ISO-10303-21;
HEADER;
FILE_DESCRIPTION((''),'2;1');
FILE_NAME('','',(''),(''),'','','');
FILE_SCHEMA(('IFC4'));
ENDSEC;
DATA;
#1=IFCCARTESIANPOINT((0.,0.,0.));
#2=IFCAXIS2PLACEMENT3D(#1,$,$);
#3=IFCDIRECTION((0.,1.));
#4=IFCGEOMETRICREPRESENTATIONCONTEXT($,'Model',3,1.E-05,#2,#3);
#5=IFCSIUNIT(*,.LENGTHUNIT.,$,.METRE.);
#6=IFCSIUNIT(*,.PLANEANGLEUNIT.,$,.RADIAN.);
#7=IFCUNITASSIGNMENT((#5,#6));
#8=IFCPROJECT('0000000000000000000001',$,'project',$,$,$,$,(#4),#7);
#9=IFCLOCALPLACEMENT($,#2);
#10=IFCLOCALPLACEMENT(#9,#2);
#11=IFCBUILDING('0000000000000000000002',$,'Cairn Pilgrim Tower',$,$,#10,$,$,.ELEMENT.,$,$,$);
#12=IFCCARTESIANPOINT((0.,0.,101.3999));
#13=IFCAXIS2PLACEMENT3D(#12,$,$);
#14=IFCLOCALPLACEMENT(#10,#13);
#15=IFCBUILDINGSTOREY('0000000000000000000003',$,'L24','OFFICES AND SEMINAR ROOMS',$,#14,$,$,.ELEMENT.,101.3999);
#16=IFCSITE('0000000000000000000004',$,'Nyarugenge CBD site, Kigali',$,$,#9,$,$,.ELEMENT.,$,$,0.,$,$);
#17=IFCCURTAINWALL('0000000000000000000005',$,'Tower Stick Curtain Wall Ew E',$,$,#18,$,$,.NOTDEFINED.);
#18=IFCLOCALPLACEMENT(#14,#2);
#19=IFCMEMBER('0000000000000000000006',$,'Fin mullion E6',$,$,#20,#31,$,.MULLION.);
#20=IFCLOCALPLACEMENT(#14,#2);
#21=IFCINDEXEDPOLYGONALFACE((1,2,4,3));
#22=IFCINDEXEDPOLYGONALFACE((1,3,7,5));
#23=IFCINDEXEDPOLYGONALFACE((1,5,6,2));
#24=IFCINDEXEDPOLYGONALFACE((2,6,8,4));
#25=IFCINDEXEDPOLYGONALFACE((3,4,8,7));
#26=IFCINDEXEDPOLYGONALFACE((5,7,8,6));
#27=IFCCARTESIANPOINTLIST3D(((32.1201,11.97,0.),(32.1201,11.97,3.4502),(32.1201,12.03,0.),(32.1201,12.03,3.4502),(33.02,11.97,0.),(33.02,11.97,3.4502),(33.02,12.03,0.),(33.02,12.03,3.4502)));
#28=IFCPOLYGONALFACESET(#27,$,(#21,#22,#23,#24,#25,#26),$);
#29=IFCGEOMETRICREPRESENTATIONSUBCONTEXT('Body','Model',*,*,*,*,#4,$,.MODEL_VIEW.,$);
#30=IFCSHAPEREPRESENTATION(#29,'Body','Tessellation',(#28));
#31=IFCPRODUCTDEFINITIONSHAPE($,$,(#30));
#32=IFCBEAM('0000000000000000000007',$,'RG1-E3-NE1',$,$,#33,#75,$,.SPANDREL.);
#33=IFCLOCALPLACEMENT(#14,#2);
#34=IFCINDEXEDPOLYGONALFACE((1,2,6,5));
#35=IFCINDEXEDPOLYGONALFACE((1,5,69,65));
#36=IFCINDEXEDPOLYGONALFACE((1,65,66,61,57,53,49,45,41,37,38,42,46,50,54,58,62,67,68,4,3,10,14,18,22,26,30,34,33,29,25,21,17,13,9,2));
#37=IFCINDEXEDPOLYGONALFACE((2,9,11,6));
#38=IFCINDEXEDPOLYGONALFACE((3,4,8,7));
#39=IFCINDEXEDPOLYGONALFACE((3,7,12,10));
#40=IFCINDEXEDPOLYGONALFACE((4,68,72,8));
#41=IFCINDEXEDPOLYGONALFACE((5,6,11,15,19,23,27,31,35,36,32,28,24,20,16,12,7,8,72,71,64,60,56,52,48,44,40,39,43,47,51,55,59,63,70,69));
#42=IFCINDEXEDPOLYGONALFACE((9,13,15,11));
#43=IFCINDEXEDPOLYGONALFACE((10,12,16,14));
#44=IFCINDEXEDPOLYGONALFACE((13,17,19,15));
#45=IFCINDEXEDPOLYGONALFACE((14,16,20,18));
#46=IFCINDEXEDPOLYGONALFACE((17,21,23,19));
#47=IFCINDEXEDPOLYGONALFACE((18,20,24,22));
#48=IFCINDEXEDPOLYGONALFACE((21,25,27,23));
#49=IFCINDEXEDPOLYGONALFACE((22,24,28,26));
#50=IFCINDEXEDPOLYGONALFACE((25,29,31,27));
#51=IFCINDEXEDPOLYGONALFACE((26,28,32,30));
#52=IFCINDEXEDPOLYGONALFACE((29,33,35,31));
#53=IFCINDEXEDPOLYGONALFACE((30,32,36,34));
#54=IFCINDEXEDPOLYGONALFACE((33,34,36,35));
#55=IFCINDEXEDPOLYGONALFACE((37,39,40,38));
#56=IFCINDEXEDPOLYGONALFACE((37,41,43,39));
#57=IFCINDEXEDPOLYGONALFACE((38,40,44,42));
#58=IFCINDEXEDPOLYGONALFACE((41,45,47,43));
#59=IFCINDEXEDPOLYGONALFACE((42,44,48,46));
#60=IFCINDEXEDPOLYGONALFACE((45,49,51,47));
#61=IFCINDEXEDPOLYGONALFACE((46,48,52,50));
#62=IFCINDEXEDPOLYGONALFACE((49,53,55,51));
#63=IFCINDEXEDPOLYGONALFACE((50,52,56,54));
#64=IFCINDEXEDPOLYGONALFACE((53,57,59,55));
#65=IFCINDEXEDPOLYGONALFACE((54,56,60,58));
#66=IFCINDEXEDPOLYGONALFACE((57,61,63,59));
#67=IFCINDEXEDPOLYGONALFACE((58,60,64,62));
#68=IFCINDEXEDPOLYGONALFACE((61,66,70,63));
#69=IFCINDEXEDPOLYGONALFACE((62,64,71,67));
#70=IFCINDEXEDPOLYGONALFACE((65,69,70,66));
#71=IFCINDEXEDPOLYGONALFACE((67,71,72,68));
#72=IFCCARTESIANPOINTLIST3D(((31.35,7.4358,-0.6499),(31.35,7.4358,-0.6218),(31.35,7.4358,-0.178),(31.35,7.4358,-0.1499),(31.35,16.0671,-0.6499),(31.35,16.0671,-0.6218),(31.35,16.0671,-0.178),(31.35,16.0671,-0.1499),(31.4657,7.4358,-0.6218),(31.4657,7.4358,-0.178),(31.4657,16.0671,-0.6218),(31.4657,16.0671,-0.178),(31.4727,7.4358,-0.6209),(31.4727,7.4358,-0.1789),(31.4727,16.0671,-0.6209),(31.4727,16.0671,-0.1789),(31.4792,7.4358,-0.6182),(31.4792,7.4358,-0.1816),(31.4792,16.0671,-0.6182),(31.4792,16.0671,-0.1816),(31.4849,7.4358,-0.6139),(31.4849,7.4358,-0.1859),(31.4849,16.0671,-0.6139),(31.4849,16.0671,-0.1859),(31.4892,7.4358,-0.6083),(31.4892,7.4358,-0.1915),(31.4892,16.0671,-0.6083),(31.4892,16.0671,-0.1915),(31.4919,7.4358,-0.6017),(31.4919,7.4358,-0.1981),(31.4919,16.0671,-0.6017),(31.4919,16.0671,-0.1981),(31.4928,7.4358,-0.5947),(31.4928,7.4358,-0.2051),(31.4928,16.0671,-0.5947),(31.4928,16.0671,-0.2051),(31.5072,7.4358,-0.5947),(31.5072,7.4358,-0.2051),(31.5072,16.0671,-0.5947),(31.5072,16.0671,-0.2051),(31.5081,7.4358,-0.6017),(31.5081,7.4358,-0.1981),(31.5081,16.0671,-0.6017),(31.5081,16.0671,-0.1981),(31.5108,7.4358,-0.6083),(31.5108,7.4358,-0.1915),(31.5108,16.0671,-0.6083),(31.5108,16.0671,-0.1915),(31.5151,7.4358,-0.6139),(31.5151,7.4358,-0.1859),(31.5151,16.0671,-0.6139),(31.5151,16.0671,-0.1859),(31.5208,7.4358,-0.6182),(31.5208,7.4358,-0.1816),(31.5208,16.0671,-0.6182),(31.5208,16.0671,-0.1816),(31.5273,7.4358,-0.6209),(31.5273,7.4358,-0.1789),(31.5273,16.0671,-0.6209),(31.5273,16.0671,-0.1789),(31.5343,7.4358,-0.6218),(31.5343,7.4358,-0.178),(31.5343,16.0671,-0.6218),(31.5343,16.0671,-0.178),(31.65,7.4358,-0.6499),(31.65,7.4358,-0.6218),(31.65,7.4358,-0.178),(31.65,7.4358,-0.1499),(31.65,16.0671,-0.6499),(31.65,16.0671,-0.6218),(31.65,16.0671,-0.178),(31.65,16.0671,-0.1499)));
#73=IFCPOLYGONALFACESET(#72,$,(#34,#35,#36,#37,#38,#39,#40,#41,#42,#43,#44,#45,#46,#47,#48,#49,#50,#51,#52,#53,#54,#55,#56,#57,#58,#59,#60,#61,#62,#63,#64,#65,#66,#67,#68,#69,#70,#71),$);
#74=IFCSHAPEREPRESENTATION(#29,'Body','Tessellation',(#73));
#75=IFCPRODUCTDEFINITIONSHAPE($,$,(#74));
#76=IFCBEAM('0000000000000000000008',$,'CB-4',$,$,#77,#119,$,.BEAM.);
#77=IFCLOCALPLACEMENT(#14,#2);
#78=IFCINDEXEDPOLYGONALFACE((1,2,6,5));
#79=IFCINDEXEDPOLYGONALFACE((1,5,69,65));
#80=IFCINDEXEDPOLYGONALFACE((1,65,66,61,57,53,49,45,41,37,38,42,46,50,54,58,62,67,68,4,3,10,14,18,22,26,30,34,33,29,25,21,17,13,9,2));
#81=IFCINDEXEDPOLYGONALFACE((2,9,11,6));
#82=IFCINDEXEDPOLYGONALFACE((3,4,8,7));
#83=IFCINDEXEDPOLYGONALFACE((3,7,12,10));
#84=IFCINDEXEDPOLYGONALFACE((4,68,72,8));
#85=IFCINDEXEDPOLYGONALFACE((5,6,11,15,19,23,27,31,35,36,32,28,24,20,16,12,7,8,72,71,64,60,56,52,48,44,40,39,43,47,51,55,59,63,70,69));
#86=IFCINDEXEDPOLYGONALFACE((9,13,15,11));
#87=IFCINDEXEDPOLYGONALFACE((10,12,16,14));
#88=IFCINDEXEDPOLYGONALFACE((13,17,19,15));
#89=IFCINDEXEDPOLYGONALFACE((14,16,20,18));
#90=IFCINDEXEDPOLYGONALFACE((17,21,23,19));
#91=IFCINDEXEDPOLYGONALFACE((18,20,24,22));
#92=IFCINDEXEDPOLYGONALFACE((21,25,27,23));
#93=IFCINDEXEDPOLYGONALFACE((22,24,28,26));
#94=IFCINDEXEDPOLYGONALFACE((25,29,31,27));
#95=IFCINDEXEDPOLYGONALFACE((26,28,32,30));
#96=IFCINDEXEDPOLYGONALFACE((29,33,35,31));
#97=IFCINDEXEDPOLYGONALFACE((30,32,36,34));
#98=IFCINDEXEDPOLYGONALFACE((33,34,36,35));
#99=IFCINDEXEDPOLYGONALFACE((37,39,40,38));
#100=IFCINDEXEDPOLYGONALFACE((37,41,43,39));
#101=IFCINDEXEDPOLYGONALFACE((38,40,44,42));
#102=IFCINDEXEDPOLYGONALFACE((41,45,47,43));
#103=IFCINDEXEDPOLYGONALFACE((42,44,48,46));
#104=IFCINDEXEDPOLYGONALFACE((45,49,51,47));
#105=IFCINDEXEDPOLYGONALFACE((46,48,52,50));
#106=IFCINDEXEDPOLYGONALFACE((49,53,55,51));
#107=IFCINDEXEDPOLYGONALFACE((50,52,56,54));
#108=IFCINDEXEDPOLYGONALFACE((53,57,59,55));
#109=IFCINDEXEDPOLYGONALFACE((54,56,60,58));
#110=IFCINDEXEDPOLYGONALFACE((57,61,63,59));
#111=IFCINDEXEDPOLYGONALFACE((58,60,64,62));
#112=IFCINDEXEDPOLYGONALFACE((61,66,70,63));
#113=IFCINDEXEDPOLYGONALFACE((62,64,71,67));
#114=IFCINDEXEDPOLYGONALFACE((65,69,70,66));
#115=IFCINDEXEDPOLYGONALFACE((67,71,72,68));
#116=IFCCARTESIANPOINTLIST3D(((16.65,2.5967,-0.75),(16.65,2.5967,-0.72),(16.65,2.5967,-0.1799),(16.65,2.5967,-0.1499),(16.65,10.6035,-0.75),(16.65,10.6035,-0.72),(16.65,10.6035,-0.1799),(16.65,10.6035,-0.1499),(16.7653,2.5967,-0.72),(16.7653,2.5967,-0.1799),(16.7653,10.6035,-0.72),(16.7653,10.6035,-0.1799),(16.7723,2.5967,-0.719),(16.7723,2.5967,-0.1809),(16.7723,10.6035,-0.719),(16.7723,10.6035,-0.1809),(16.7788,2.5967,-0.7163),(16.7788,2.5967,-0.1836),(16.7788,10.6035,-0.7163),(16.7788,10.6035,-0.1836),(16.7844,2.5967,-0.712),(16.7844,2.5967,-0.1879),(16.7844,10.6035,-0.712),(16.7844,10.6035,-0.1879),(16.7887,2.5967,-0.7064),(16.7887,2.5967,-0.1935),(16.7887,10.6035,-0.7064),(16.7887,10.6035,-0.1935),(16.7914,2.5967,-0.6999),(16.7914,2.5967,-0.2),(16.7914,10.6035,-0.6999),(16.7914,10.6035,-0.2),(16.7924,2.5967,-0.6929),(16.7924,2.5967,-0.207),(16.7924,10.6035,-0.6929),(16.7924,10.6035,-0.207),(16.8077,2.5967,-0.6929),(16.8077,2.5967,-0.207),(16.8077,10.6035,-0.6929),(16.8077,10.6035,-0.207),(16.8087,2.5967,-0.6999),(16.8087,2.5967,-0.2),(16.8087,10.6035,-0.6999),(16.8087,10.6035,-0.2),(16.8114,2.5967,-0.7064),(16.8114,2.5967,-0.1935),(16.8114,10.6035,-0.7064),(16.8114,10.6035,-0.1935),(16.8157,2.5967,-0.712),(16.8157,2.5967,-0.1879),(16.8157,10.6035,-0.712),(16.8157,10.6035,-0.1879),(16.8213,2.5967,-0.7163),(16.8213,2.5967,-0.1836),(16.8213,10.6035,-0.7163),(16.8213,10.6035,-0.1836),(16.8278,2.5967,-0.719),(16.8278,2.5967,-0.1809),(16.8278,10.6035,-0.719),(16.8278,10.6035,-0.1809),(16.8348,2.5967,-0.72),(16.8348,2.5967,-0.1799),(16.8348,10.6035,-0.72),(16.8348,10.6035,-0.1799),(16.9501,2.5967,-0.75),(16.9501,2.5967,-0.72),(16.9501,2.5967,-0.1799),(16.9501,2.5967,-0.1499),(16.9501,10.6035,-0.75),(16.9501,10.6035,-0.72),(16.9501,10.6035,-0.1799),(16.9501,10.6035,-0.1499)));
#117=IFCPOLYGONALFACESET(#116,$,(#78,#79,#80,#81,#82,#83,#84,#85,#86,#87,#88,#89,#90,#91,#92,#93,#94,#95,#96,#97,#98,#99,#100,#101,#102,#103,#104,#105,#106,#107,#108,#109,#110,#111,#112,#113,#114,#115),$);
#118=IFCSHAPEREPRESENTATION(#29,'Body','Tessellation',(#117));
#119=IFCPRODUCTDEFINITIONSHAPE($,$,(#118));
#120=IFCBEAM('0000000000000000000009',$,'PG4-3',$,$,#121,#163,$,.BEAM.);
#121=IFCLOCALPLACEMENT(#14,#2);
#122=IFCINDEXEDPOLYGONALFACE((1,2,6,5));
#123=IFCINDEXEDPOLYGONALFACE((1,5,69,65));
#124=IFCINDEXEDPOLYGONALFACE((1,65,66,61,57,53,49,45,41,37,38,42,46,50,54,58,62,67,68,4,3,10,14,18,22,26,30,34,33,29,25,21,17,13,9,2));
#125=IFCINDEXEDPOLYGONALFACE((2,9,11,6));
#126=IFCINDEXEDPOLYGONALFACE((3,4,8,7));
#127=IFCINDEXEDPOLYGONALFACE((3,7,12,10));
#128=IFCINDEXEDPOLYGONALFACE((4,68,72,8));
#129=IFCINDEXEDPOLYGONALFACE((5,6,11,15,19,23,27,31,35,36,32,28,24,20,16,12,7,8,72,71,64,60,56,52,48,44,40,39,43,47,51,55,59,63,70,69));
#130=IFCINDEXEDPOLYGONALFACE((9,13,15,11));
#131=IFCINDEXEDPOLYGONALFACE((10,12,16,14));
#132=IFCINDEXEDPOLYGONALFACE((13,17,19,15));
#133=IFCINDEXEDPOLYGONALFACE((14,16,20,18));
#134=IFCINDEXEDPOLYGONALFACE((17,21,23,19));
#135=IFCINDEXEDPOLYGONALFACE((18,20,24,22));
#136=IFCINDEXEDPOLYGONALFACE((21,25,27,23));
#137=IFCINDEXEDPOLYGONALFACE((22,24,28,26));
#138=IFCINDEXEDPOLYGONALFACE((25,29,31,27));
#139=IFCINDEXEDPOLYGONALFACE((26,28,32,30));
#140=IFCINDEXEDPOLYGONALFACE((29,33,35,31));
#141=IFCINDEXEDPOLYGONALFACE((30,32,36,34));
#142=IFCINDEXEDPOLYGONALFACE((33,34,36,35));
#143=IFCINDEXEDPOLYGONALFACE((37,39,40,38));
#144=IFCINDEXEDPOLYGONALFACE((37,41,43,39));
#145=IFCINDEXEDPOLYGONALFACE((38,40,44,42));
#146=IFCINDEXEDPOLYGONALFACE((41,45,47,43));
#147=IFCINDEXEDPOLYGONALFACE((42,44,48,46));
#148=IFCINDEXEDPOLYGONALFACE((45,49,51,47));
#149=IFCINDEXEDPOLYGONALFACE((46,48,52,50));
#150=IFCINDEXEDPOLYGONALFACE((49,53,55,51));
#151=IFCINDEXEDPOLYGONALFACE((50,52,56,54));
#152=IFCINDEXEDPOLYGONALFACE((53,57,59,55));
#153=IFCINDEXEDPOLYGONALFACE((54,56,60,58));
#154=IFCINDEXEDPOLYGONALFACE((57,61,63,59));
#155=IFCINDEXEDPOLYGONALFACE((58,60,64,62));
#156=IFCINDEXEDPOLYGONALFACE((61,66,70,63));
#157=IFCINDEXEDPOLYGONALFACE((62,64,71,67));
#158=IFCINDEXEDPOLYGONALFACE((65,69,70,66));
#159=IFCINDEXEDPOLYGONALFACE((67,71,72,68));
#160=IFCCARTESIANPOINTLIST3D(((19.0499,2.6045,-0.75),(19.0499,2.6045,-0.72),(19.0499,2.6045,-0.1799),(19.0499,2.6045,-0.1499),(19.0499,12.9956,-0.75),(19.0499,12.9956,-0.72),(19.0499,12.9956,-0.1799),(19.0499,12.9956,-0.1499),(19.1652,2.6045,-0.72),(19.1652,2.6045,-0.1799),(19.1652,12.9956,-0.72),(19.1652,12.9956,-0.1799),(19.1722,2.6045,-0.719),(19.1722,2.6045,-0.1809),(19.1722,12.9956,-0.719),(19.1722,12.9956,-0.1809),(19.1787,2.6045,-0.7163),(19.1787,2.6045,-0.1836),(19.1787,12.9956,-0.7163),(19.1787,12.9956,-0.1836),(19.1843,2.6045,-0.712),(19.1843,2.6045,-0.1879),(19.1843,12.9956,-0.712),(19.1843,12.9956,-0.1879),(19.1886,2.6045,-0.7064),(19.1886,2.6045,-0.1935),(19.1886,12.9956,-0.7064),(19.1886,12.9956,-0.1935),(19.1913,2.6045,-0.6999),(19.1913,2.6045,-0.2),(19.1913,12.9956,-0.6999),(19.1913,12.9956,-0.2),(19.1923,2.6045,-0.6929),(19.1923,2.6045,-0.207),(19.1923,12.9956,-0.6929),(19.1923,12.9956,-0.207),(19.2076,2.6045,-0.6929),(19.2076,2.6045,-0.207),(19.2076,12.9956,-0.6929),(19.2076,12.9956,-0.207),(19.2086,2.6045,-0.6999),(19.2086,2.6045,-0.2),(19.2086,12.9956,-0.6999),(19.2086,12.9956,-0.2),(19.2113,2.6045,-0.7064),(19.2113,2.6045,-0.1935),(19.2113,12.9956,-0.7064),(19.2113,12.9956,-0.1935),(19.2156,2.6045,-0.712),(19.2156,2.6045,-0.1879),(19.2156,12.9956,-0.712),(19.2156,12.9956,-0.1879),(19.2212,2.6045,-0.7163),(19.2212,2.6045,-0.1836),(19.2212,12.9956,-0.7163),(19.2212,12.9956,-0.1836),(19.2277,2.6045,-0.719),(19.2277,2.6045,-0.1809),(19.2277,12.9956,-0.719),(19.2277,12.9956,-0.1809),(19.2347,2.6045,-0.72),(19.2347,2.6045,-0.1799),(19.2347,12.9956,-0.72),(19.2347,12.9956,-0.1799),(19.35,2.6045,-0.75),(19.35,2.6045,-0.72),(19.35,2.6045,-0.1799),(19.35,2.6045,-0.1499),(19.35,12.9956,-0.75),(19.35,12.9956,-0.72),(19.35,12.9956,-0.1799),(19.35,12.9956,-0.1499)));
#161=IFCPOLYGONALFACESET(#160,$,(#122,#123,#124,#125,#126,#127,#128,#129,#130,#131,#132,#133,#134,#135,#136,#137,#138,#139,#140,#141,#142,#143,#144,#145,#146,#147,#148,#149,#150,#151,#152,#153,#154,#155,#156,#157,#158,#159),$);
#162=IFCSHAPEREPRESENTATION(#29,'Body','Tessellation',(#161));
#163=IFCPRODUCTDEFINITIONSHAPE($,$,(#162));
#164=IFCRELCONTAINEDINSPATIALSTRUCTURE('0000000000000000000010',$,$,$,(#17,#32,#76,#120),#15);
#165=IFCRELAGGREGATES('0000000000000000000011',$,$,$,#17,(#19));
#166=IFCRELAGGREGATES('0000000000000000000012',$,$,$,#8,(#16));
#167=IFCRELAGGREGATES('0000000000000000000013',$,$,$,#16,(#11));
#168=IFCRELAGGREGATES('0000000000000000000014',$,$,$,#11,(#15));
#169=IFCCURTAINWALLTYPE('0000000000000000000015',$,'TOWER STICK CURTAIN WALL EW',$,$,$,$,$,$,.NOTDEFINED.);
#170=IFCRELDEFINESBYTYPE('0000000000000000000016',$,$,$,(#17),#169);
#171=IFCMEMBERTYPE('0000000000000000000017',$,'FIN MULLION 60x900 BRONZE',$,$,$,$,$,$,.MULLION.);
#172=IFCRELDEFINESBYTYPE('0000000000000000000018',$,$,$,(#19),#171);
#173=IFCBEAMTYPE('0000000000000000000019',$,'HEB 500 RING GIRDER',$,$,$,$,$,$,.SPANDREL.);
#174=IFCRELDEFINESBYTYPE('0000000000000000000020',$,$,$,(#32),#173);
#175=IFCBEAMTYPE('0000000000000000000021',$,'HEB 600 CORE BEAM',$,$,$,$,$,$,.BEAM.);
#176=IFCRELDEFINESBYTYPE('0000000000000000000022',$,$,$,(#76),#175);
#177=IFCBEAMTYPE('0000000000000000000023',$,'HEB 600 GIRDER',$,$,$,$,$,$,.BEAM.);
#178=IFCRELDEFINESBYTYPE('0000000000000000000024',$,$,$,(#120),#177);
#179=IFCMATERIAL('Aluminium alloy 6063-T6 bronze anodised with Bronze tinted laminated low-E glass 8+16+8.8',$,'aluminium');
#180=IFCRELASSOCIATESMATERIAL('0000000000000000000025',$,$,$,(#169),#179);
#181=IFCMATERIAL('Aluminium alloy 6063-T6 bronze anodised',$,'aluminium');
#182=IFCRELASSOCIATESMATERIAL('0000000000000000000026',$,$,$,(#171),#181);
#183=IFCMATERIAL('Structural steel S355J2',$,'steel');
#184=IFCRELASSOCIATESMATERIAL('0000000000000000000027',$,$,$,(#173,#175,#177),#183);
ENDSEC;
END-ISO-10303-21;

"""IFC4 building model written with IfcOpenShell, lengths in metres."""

from ifc_helpers import new_model, si_unit, direction, frame, origin, origin_2d, place, context, subcontext, project, spatial, rectangle, i_section, extrude, material, material_profile, profile_set, type_object, element, aggregate, save


model = new_model("IFC4")

# Units and contexts
model_context = context("Model", 3, precision=1e-05, world=origin(), true_north=direction((0.0, 1.0)))
body_context = subcontext(model_context, "Body", "Model", "MODEL_VIEW")
ifc_project = project(units=[si_unit("LENGTHUNIT", "METRE"), si_unit("PLANEANGLEUNIT", "RADIAN")], contexts=[model_context])

# Site, building, storey
site_placement = place(None, origin())
site = spatial("IfcSite", under=ifc_project, at=site_placement, Name="Nyarugenge CBD site, Kigali", CompositionType="ELEMENT", RefElevation=0.0)
building_placement = place(site_placement, origin())
building = spatial("IfcBuilding", under=site, at=building_placement, Name="Cairn Pilgrim Tower", CompositionType="ELEMENT")
storey_placement = place(building_placement, frame((0.0, 0.0, 101.3999)))
storey = spatial("IfcBuildingStorey", under=building, at=storey_placement, Name="L24", Description="OFFICES AND SEMINAR ROOMS", CompositionType="ELEMENT", Elevation=101.3999)

# Curtain wall, member
ifc_material_1 = material(Name="Aluminium alloy 6063-T6 bronze anodised with Bronze tinted laminated low-E glass 8+16+8.8", Category="aluminium")
curtain_wall_type = type_object("IfcCurtainWallType", Name="TOWER STICK CURTAIN WALL EW", PredefinedType="NOTDEFINED", material=ifc_material_1)
curtain_wall_placement = place(storey_placement, origin())
curtain_wall = element("IfcCurtainWall", 1, at=curtain_wall_placement, inside=storey, type_object=curtain_wall_type, Name="Tower Stick Curtain Wall Ew E", PredefinedType="NOTDEFINED")
ifc_material_2 = material(Name="Aluminium alloy 6063-T6 bronze anodised", Category="aluminium")
ifc_material_profile_1 = material_profile(ifc_material_2, rectangle(XDim=0.8999, YDim=0.0601, at=origin_2d()), Name="FIN MULLION 60x900 BRONZE")
ifc_profile_set_1 = profile_set([ifc_material_profile_1], Name="Aluminium alloy 6063-T6 bronze anodised")
member_type_1 = type_object("IfcMemberType", Name="FIN MULLION 60x900 BRONZE", PredefinedType="MULLION", material=ifc_profile_set_1)
member_1_placement = place(storey_placement, frame((32.5701, 12.0, 0.0), z_axis=(0.0, 0.0, 1.0), x_axis=(1.0, 0.0, 0.0)))
member_1 = element("IfcMember", 2, at=member_1_placement, type_object=member_type_1, Name="Fin mullion E6", PredefinedType="MULLION", context=body_context, shape_type="SweptSolid", body=[
    extrude(rectangle(XDim=0.8999, YDim=0.0601, at=origin_2d()), origin(), (0.0, 0.0, 1.0), 3.4502),
])

# Beams
ifc_material_3 = material(Name="Structural steel S355J2", Category="steel")
ifc_material_profile_2 = material_profile(ifc_material_3, i_section(OverallWidth=0.3, OverallDepth=0.5, WebThickness=0.0144, FlangeThickness=0.0281, FilletRadius=0.0271, at=origin_2d()), Name="HEB 500")
ifc_profile_set_2 = profile_set([ifc_material_profile_2], Name="Structural steel S355J2")
beam_type_1 = type_object("IfcBeamType", Name="HEB 500 RING GIRDER", PredefinedType="SPANDREL", material=ifc_profile_set_2)
beam_1_placement = place(storey_placement, frame((31.5, 7.4358, -0.3999), z_axis=(0.0, 1.0, 0.0), x_axis=(-1.0, 0.0, 0.0)))
element("IfcBeam", 3, at=beam_1_placement, inside=storey, type_object=beam_type_1, Name="RG1-E3-NE1", PredefinedType="SPANDREL", context=body_context, shape_type="SweptSolid", body=[
    extrude(i_section(OverallWidth=0.3, OverallDepth=0.5, WebThickness=0.0144, FlangeThickness=0.0281, FilletRadius=0.0271, at=origin_2d()), origin(), (0.0, 0.0, 1.0), 8.6313),
])
ifc_material_profile_3 = material_profile(ifc_material_3, i_section(OverallWidth=0.3, OverallDepth=0.6001, WebThickness=0.0154, FlangeThickness=0.03, FilletRadius=0.0271, at=origin_2d()), Name="HEB 600")
ifc_profile_set_3 = profile_set([ifc_material_profile_3], Name="Structural steel S355J2")
beam_type_2 = type_object("IfcBeamType", Name="HEB 600 CORE BEAM", PredefinedType="BEAM", material=ifc_profile_set_3)
beam_2_placement = place(storey_placement, frame((16.8, 2.5967, -0.45), z_axis=(0.0, 1.0, 0.0), x_axis=(-1.0, 0.0, 0.0)))
element("IfcBeam", 4, at=beam_2_placement, inside=storey, type_object=beam_type_2, Name="CB-4", PredefinedType="BEAM", context=body_context, shape_type="SweptSolid", body=[
    extrude(i_section(OverallWidth=0.3, OverallDepth=0.6001, WebThickness=0.0154, FlangeThickness=0.03, FilletRadius=0.0271, at=origin_2d()), origin(), (0.0, 0.0, 1.0), 8.0068),
])
ifc_material_profile_4 = material_profile(ifc_material_3, i_section(OverallWidth=0.3, OverallDepth=0.6001, WebThickness=0.0154, FlangeThickness=0.03, FilletRadius=0.0271, at=origin_2d()), Name="HEB 600")
ifc_profile_set_4 = profile_set([ifc_material_profile_4], Name="Structural steel S355J2")
beam_type_3 = type_object("IfcBeamType", Name="HEB 600 GIRDER", PredefinedType="BEAM", material=ifc_profile_set_4)
beam_3_placement = place(storey_placement, frame((19.2, 2.6045, -0.45), z_axis=(0.0, 1.0, 0.0), x_axis=(-1.0, 0.0, 0.0)))
element("IfcBeam", 5, at=beam_3_placement, inside=storey, type_object=beam_type_3, Name="PG4-3", PredefinedType="BEAM", context=body_context, shape_type="SweptSolid", body=[
    extrude(i_section(OverallWidth=0.3, OverallDepth=0.6001, WebThickness=0.0154, FlangeThickness=0.03, FilletRadius=0.0271, at=origin_2d()), origin(), (0.0, 0.0, 1.0), 10.3911),
])

aggregate(curtain_wall, [member_1])

save(model, "model.ifc")
